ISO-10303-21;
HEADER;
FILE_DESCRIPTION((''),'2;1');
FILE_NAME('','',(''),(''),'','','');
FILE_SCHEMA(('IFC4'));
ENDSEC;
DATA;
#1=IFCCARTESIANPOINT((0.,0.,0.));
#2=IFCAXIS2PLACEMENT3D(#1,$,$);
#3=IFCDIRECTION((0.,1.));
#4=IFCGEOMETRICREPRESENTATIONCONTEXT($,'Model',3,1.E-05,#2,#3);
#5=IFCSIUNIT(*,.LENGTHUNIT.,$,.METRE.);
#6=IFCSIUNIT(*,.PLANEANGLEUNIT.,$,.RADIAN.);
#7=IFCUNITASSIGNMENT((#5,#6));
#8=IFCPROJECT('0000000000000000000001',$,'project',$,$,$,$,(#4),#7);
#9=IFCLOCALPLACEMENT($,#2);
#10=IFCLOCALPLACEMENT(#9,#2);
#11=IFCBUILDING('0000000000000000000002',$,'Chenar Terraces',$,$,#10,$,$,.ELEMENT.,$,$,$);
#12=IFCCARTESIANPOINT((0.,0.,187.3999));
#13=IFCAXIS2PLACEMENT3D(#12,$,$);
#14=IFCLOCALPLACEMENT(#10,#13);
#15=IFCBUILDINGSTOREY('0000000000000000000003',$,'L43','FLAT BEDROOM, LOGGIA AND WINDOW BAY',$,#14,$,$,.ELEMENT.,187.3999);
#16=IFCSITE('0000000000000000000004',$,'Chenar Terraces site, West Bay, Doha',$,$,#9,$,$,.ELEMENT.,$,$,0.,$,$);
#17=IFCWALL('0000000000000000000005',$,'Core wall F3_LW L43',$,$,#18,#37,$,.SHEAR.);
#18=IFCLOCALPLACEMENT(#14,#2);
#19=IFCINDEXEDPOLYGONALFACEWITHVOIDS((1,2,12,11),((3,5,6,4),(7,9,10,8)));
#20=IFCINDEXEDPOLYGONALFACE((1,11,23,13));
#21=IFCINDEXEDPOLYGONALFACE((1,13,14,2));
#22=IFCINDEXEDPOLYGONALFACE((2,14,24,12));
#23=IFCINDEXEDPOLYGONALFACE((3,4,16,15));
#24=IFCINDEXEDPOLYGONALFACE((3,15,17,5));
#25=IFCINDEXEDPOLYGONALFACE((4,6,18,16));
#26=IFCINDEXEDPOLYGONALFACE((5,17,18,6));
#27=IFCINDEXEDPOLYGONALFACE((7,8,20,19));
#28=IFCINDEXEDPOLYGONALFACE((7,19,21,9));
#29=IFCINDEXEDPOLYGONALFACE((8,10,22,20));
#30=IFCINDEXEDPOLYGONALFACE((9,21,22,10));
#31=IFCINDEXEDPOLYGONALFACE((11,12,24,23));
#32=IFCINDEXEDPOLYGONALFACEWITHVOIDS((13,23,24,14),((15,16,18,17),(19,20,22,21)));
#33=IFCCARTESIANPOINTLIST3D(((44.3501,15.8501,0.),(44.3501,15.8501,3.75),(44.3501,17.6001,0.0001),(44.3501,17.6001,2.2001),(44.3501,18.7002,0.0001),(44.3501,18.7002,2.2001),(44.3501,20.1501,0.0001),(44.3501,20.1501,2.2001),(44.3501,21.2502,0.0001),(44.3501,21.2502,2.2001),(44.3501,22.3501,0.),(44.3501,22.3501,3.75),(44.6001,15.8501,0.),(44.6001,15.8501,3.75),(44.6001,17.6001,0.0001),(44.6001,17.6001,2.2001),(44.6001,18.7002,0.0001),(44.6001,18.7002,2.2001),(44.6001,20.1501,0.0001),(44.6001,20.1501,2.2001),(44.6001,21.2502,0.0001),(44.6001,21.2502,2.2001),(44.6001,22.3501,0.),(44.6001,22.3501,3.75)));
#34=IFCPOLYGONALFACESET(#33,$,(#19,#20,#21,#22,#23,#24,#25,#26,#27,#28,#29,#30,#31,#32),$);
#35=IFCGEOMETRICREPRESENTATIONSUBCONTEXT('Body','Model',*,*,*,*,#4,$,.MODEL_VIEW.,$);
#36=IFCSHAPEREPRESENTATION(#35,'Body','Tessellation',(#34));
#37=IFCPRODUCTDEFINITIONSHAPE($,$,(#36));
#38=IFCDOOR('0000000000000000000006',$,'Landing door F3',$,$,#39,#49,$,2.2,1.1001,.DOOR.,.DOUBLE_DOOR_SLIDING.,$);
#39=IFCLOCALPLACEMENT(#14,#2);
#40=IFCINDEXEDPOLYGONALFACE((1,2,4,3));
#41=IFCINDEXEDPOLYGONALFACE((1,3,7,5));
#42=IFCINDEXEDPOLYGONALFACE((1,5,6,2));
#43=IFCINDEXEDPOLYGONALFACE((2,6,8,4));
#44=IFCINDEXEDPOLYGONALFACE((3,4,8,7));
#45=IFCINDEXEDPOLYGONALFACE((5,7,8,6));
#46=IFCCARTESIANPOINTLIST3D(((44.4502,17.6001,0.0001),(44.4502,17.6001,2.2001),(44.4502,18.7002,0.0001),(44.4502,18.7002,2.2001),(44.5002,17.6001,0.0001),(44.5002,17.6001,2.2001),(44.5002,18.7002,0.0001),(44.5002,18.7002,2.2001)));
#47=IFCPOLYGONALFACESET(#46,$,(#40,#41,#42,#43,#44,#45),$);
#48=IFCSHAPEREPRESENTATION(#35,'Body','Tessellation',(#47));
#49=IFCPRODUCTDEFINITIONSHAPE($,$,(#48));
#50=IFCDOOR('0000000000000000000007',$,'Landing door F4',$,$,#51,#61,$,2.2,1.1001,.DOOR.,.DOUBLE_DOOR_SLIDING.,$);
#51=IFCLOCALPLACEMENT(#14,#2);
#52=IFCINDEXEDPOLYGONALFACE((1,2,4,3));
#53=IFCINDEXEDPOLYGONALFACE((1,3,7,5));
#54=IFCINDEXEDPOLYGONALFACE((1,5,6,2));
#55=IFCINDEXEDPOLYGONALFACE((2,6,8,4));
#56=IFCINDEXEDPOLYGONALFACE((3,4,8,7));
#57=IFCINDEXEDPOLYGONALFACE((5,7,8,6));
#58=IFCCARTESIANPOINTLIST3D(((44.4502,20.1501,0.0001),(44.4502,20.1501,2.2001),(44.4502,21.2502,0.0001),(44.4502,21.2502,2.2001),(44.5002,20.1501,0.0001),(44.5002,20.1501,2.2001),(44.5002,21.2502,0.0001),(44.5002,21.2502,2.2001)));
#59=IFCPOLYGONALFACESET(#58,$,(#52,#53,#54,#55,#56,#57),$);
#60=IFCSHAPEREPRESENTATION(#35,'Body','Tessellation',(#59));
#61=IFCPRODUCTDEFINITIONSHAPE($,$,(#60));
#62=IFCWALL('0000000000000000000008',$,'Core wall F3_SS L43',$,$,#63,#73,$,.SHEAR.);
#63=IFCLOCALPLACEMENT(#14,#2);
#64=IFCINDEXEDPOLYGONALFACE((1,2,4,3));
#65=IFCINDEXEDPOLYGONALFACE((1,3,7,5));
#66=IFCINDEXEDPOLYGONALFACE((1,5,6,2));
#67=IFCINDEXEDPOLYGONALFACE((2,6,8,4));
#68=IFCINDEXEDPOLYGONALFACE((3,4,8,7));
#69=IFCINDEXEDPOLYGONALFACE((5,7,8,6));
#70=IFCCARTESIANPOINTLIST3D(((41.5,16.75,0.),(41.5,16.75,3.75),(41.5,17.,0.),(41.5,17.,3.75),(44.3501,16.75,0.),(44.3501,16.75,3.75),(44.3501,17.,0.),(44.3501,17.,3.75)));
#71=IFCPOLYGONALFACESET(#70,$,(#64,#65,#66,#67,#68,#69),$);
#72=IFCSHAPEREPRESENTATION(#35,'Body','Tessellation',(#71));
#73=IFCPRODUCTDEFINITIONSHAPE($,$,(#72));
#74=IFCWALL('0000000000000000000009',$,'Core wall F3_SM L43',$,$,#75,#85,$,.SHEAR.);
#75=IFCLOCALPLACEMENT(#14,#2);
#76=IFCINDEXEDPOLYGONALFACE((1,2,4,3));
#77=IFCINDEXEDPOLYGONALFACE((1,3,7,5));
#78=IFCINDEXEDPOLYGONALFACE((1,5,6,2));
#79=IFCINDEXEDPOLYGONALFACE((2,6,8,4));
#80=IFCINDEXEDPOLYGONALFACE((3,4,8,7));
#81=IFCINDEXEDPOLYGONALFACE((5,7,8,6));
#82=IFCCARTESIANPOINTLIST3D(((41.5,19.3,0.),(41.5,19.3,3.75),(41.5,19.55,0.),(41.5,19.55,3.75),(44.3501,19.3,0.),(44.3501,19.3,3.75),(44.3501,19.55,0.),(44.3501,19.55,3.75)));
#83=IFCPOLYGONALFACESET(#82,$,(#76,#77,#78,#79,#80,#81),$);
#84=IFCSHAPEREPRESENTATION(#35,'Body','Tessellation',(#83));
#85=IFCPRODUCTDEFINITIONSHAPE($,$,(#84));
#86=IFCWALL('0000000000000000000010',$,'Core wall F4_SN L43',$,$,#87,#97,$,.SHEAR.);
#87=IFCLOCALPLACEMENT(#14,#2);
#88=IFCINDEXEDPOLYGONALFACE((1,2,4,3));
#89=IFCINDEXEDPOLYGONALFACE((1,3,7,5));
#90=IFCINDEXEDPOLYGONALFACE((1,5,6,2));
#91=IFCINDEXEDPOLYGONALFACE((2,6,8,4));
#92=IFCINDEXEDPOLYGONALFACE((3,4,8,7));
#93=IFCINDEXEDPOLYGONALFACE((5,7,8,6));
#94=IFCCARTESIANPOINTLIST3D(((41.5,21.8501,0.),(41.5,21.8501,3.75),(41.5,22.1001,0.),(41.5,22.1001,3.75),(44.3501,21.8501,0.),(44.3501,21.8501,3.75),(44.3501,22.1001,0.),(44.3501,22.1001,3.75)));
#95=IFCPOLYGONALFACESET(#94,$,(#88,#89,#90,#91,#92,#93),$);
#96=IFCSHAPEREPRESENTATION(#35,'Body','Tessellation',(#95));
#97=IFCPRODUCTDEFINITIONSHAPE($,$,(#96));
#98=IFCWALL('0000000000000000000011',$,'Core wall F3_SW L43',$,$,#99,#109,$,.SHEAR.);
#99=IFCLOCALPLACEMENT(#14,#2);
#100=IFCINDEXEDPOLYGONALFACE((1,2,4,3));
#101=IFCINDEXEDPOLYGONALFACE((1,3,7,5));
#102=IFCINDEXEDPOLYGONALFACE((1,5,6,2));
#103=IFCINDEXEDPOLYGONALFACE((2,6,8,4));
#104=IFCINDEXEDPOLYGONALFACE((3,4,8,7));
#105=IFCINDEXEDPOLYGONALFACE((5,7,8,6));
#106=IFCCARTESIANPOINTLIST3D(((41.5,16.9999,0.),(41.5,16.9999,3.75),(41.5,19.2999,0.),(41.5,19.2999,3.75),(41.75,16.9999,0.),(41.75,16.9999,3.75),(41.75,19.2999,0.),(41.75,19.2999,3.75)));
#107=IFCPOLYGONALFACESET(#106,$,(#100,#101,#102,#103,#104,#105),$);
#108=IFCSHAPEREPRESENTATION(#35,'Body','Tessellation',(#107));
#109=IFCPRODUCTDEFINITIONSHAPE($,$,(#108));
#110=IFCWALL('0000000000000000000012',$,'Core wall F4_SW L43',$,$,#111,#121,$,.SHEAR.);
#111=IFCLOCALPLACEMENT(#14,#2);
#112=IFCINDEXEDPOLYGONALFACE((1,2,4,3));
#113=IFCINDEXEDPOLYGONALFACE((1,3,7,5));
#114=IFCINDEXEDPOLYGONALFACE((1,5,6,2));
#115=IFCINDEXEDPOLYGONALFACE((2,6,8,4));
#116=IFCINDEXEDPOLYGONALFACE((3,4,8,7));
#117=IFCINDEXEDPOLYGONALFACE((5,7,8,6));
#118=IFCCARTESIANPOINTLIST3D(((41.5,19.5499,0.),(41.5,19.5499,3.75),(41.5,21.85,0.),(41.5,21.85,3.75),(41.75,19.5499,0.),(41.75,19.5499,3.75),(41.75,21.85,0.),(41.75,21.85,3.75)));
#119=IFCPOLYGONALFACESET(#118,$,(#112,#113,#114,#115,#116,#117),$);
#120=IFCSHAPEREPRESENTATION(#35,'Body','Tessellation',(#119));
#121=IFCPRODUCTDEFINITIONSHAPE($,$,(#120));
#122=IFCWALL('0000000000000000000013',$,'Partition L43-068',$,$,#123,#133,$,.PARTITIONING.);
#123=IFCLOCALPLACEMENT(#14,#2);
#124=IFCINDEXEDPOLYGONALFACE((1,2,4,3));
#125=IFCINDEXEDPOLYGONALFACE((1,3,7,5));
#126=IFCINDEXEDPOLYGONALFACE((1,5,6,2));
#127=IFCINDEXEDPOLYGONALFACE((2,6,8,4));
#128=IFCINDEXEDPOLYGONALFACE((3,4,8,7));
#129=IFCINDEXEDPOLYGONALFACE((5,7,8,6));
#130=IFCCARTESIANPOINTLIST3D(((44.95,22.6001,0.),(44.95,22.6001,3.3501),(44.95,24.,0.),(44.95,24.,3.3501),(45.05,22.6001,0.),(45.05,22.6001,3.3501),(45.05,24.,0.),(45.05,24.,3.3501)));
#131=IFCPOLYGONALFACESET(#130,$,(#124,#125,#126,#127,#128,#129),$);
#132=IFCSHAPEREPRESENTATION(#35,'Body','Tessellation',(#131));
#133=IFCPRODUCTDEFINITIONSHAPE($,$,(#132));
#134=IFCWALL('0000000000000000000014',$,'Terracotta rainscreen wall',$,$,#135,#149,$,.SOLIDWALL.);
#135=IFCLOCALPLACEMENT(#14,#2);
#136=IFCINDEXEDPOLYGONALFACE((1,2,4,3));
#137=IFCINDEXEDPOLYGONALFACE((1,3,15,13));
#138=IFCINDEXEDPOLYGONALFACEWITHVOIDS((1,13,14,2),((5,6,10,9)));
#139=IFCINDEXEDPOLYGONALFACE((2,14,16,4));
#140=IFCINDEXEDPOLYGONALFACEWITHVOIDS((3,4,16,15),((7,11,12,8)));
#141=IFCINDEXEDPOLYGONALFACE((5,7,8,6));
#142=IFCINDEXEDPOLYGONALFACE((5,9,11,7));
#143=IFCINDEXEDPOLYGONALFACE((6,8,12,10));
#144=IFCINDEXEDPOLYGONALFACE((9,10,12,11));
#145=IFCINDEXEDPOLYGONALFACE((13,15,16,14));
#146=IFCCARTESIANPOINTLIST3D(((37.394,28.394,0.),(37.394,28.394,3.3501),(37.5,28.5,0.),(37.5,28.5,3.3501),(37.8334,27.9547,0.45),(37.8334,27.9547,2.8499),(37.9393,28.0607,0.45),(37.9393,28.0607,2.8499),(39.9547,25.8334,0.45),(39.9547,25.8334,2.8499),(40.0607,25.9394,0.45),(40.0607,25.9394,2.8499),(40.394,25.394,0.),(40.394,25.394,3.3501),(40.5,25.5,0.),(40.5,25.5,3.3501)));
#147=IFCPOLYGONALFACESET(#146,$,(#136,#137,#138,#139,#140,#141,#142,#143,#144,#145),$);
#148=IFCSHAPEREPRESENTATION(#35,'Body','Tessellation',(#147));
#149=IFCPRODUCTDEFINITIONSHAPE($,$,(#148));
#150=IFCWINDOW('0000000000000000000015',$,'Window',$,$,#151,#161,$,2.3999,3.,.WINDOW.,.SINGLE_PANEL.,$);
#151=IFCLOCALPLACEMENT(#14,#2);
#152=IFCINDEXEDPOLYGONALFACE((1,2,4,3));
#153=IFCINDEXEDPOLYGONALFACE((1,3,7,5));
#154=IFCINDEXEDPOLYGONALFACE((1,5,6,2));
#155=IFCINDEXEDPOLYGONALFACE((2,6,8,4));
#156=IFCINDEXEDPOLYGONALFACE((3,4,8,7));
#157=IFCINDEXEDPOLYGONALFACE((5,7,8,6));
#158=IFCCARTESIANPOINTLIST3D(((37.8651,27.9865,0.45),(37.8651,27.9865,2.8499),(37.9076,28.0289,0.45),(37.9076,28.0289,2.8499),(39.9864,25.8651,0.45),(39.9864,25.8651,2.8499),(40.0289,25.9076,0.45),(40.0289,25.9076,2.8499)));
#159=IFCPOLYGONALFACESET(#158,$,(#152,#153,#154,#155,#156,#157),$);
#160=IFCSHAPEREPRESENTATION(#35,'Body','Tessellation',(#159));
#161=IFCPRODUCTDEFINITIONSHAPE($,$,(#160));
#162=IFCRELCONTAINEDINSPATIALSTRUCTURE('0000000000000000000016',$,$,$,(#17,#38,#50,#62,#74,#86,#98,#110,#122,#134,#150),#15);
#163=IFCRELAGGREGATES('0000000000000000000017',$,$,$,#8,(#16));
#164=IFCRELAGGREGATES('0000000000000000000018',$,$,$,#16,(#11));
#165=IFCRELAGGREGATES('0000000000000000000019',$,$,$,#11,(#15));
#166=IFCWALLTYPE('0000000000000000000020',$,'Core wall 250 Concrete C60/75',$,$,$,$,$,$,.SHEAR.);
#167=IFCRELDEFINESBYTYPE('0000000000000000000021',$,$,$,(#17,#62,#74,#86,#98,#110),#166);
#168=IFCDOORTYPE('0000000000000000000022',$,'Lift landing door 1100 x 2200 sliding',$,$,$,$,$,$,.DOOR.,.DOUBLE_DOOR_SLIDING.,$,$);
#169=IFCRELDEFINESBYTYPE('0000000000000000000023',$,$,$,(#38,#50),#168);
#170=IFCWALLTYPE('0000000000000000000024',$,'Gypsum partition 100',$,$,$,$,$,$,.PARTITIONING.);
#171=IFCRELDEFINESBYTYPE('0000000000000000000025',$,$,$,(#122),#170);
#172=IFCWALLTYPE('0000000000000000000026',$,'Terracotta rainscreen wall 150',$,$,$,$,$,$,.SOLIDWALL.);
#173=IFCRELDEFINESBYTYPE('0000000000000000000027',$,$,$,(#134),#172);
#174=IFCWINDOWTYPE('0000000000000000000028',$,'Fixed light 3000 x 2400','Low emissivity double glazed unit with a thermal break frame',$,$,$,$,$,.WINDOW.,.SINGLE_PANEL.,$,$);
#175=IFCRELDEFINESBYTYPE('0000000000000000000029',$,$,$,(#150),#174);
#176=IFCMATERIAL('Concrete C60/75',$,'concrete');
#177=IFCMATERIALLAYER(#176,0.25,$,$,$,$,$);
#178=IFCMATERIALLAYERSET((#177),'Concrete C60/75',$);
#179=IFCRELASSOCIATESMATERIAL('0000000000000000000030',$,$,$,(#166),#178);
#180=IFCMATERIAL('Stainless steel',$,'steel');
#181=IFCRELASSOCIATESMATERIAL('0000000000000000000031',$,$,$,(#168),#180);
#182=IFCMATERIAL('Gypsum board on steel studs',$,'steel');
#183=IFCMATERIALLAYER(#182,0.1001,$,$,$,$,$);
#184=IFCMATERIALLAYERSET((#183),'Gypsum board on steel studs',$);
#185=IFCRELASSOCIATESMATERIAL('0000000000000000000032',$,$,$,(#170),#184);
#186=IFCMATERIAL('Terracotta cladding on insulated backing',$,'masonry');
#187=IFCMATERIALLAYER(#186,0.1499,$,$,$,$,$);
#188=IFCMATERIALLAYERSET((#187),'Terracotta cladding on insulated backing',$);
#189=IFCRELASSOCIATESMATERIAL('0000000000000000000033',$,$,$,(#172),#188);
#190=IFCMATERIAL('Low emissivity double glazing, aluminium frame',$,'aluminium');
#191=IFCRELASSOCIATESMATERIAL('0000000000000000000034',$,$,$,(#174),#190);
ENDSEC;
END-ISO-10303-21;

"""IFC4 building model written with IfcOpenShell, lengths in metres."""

from ifc_helpers import new_model, si_unit, direction, frame, frame_2d, origin, place, context, subcontext, project, spatial, rectangle, extrude, material, layer, layer_set, type_object, element, fill, save


model = new_model("IFC4")

# Units and contexts
model_context = context("Model", 3, precision=1e-05, world=origin(), true_north=direction((0.0, 1.0)))
body_context = subcontext(model_context, "Body", "Model", "MODEL_VIEW")
ifc_project = project(units=[si_unit("LENGTHUNIT", "METRE"), si_unit("PLANEANGLEUNIT", "RADIAN")], contexts=[model_context])

# Site, building, storey
site_placement = place(None, origin())
site = spatial("IfcSite", under=ifc_project, at=site_placement, Name="Chenar Terraces site, West Bay, Doha", CompositionType="ELEMENT", RefElevation=0.0)
building_placement = place(site_placement, origin())
building = spatial("IfcBuilding", under=site, at=building_placement, Name="Chenar Terraces", CompositionType="ELEMENT")
storey_placement = place(building_placement, frame((0.0, 0.0, 187.3999)))
storey = spatial("IfcBuildingStorey", under=building, at=storey_placement, Name="L43", Description="FLAT BEDROOM, LOGGIA AND WINDOW BAY", CompositionType="ELEMENT", Elevation=187.3999)

# Shared definitions
ifc_material_1 = material(Name="Concrete C60/75", Category="concrete")
ifc_layer_1 = layer(ifc_material_1, 0.25)
ifc_layer_set_1 = layer_set([ifc_layer_1], Name="Concrete C60/75")
wall_type_1 = type_object("IfcWallType", Name="Core wall 250 Concrete C60/75", PredefinedType="SHEAR", material=ifc_layer_set_1)

# Wall, openings, doors
wall_1_placement = place(storey_placement, frame((44.4751, 15.8501, 0.0), z_axis=(0.0, 0.0, 1.0), x_axis=(0.0, 1.0, 0.0)))
wall_1 = element("IfcWall", 1, at=wall_1_placement, inside=storey, type_object=wall_type_1, Name="Core wall F3_LW L43", PredefinedType="SHEAR", context=body_context, shape_type="SweptSolid", body=[
    extrude(rectangle(XDim=6.5, YDim=0.25, at=frame_2d((3.25, 0.0))), origin(), (0.0, 0.0, 1.0), 3.75),
])
opening_1_placement = place(wall_1_placement, frame((1.75, 0.0, 0.0)))
opening_1 = element("IfcOpeningElement", 2, at=opening_1_placement, cuts=wall_1, PredefinedType="OPENING", context=body_context, shape_type="SweptSolid", body=[
    extrude(rectangle(XDim=1.1001, YDim=2.2, at=frame_2d((0.55, 1.1001))), frame((0.0, 0.135, 0.0), z_axis=(0.0, -1.0, 0.0), x_axis=(1.0, 0.0, 0.0)), (0.0, 0.0, 1.0), 0.27),
])
opening_2_placement = place(wall_1_placement, frame((4.3, 0.0, 0.0)))
opening_2 = element("IfcOpeningElement", 3, at=opening_2_placement, cuts=wall_1, PredefinedType="OPENING", context=body_context, shape_type="SweptSolid", body=[
    extrude(rectangle(XDim=1.1001, YDim=2.2, at=frame_2d((0.55, 1.1001))), frame((0.0, 0.135, 0.0), z_axis=(0.0, -1.0, 0.0), x_axis=(1.0, 0.0, 0.0)), (0.0, 0.0, 1.0), 0.27),
])
ifc_material_2 = material(Name="Stainless steel", Category="steel")
door_type_1 = type_object("IfcDoorType", Name="Lift landing door 1100 x 2200 sliding", OperationType="DOUBLE_DOOR_SLIDING", PredefinedType="DOOR", material=ifc_material_2)
door_1_placement = place(opening_1_placement, origin())
door_1 = element("IfcDoor", 4, at=door_1_placement, inside=storey, type_object=door_type_1, Name="Landing door F3", OperationType="DOUBLE_DOOR_SLIDING", OverallHeight=2.2, OverallWidth=1.1001, PredefinedType="DOOR", context=body_context, shape_type="SweptSolid", body=[
    extrude(rectangle(XDim=1.1001, YDim=2.2, at=frame_2d((0.55, 1.1001))), frame((0.0, 0.0249, 0.0), z_axis=(0.0, -1.0, 0.0), x_axis=(1.0, 0.0, 0.0)), (0.0, 0.0, 1.0), 0.05),
])
fill(opening_1, door_1)
door_2_placement = place(opening_2_placement, origin())
door_2 = element("IfcDoor", 5, at=door_2_placement, inside=storey, type_object=door_type_1, Name="Landing door F4", OperationType="DOUBLE_DOOR_SLIDING", OverallHeight=2.2, OverallWidth=1.1001, PredefinedType="DOOR", context=body_context, shape_type="SweptSolid", body=[
    extrude(rectangle(XDim=1.1001, YDim=2.2, at=frame_2d((0.55, 1.1001))), frame((0.0, 0.0249, 0.0), z_axis=(0.0, -1.0, 0.0), x_axis=(1.0, 0.0, 0.0)), (0.0, 0.0, 1.0), 0.05),
])
fill(opening_2, door_2)

# Walls
for number, where, z_axis, x_axis, name in (
    (6, (41.5, 16.875, 0.0), (0.0, 0.0, 1.0), (1.0, 0.0, 0.0), "Core wall F3_SS L43"),
    (7, (41.5, 19.425, 0.0), (0.0, 0.0, 1.0), (1.0, 0.0, 0.0), "Core wall F3_SM L43"),
    (8, (41.5, 21.9751, 0.0), (0.0, 0.0, 1.0), (1.0, 0.0, 0.0), "Core wall F4_SN L43"),
):
    element("IfcWall", number, at=place(storey_placement, frame(where, z_axis=z_axis, x_axis=x_axis)), inside=storey, type_object=wall_type_1, Name=name, PredefinedType="SHEAR", context=body_context, shape_type="SweptSolid", body=[
        extrude(rectangle(XDim=2.8501, YDim=0.25, at=frame_2d((1.425, 0.0))), origin(), (0.0, 0.0, 1.0), 3.75),
    ])
for number, where, z_axis, x_axis, name in (
    (9, (41.625, 17.0, 0.0), (0.0, 0.0, 1.0), (0.0, 1.0, 0.0), "Core wall F3_SW L43"),
    (10, (41.625, 19.55, 0.0), (0.0, 0.0, 1.0), (0.0, 1.0, 0.0), "Core wall F4_SW L43"),
):
    element("IfcWall", number, at=place(storey_placement, frame(where, z_axis=z_axis, x_axis=x_axis)), inside=storey, type_object=wall_type_1, Name=name, PredefinedType="SHEAR", context=body_context, shape_type="SweptSolid", body=[
        extrude(rectangle(XDim=2.3, YDim=0.25, at=frame_2d((1.1499, 0.0))), origin(), (0.0, 0.0, 1.0), 3.75),
    ])
ifc_material_3 = material(Name="Gypsum board on steel studs", Category="steel")
ifc_layer_2 = layer(ifc_material_3, 0.1001)
ifc_layer_set_2 = layer_set([ifc_layer_2], Name="Gypsum board on steel studs")
wall_type_2 = type_object("IfcWallType", Name="Gypsum partition 100", PredefinedType="PARTITIONING", material=ifc_layer_set_2)
wall_2_placement = place(storey_placement, frame((45.0, 22.6001, 0.0), z_axis=(0.0, 0.0, 1.0), x_axis=(0.0, 1.0, 0.0)))
element("IfcWall", 11, at=wall_2_placement, inside=storey, type_object=wall_type_2, Name="Partition L43-068", PredefinedType="PARTITIONING", context=body_context, shape_type="SweptSolid", body=[
    extrude(rectangle(XDim=1.3999, YDim=0.1001, at=frame_2d((0.7, 0.0))), origin(), (0.0, 0.0, 1.0), 3.3501),
])

# Wall, opening, window
ifc_material_4 = material(Name="Terracotta cladding on insulated backing", Category="masonry")
ifc_layer_3 = layer(ifc_material_4, 0.1499)
ifc_layer_set_3 = layer_set([ifc_layer_3], Name="Terracotta cladding on insulated backing")
wall_type_3 = type_object("IfcWallType", Name="Terracotta rainscreen wall 150", PredefinedType="SOLIDWALL", material=ifc_layer_set_3)
wall_3_placement = place(storey_placement, frame((40.447, 25.447, 0.0), z_axis=(0.0, 0.0, 1.0), x_axis=(-0.707107, 0.707107, 0.0)))
wall_3 = element("IfcWall", 12, at=wall_3_placement, inside=storey, type_object=wall_type_3, Name="Terracotta rainscreen wall", PredefinedType="SOLIDWALL", context=body_context, shape_type="SweptSolid", body=[
    extrude(rectangle(XDim=4.2427, YDim=0.1499, at=frame_2d((2.1213, 0.0))), origin(), (0.0, 0.0, 1.0), 3.3501),
])
opening_3_placement = place(wall_3_placement, frame((0.6213, 0.0, 0.45)))
opening_3 = element("IfcOpeningElement", 13, at=opening_3_placement, cuts=wall_3, PredefinedType="OPENING", context=body_context, shape_type="SweptSolid", body=[
    extrude(rectangle(XDim=3.0, YDim=2.3999, at=frame_2d((1.5, 1.2))), frame((0.0, 0.085, 0.0), z_axis=(0.0, -1.0, 0.0), x_axis=(1.0, 0.0, 0.0)), (0.0, 0.0, 1.0), 0.1699),
])
ifc_material_5 = material(Name="Low emissivity double glazing, aluminium frame", Category="aluminium")
window_type = type_object("IfcWindowType", Name="Fixed light 3000 x 2400", Description="Low emissivity double glazed unit with a thermal break frame", PartitioningType="SINGLE_PANEL", PredefinedType="WINDOW", material=ifc_material_5)
window_placement = place(opening_3_placement, origin())
window = element("IfcWindow", 14, at=window_placement, inside=storey, type_object=window_type, Name="Window", OverallHeight=2.3999, OverallWidth=3.0, PartitioningType="SINGLE_PANEL", PredefinedType="WINDOW", context=body_context, shape_type="SweptSolid", body=[
    extrude(rectangle(XDim=3.0, YDim=2.3999, at=frame_2d((1.5, 1.2))), frame((0.0, 0.03, 0.0), z_axis=(0.0, -1.0, 0.0), x_axis=(1.0, 0.0, 0.0)), (0.0, 0.0, 1.0), 0.0601),
])
fill(opening_3, window)

save(model, "model.ifc")
